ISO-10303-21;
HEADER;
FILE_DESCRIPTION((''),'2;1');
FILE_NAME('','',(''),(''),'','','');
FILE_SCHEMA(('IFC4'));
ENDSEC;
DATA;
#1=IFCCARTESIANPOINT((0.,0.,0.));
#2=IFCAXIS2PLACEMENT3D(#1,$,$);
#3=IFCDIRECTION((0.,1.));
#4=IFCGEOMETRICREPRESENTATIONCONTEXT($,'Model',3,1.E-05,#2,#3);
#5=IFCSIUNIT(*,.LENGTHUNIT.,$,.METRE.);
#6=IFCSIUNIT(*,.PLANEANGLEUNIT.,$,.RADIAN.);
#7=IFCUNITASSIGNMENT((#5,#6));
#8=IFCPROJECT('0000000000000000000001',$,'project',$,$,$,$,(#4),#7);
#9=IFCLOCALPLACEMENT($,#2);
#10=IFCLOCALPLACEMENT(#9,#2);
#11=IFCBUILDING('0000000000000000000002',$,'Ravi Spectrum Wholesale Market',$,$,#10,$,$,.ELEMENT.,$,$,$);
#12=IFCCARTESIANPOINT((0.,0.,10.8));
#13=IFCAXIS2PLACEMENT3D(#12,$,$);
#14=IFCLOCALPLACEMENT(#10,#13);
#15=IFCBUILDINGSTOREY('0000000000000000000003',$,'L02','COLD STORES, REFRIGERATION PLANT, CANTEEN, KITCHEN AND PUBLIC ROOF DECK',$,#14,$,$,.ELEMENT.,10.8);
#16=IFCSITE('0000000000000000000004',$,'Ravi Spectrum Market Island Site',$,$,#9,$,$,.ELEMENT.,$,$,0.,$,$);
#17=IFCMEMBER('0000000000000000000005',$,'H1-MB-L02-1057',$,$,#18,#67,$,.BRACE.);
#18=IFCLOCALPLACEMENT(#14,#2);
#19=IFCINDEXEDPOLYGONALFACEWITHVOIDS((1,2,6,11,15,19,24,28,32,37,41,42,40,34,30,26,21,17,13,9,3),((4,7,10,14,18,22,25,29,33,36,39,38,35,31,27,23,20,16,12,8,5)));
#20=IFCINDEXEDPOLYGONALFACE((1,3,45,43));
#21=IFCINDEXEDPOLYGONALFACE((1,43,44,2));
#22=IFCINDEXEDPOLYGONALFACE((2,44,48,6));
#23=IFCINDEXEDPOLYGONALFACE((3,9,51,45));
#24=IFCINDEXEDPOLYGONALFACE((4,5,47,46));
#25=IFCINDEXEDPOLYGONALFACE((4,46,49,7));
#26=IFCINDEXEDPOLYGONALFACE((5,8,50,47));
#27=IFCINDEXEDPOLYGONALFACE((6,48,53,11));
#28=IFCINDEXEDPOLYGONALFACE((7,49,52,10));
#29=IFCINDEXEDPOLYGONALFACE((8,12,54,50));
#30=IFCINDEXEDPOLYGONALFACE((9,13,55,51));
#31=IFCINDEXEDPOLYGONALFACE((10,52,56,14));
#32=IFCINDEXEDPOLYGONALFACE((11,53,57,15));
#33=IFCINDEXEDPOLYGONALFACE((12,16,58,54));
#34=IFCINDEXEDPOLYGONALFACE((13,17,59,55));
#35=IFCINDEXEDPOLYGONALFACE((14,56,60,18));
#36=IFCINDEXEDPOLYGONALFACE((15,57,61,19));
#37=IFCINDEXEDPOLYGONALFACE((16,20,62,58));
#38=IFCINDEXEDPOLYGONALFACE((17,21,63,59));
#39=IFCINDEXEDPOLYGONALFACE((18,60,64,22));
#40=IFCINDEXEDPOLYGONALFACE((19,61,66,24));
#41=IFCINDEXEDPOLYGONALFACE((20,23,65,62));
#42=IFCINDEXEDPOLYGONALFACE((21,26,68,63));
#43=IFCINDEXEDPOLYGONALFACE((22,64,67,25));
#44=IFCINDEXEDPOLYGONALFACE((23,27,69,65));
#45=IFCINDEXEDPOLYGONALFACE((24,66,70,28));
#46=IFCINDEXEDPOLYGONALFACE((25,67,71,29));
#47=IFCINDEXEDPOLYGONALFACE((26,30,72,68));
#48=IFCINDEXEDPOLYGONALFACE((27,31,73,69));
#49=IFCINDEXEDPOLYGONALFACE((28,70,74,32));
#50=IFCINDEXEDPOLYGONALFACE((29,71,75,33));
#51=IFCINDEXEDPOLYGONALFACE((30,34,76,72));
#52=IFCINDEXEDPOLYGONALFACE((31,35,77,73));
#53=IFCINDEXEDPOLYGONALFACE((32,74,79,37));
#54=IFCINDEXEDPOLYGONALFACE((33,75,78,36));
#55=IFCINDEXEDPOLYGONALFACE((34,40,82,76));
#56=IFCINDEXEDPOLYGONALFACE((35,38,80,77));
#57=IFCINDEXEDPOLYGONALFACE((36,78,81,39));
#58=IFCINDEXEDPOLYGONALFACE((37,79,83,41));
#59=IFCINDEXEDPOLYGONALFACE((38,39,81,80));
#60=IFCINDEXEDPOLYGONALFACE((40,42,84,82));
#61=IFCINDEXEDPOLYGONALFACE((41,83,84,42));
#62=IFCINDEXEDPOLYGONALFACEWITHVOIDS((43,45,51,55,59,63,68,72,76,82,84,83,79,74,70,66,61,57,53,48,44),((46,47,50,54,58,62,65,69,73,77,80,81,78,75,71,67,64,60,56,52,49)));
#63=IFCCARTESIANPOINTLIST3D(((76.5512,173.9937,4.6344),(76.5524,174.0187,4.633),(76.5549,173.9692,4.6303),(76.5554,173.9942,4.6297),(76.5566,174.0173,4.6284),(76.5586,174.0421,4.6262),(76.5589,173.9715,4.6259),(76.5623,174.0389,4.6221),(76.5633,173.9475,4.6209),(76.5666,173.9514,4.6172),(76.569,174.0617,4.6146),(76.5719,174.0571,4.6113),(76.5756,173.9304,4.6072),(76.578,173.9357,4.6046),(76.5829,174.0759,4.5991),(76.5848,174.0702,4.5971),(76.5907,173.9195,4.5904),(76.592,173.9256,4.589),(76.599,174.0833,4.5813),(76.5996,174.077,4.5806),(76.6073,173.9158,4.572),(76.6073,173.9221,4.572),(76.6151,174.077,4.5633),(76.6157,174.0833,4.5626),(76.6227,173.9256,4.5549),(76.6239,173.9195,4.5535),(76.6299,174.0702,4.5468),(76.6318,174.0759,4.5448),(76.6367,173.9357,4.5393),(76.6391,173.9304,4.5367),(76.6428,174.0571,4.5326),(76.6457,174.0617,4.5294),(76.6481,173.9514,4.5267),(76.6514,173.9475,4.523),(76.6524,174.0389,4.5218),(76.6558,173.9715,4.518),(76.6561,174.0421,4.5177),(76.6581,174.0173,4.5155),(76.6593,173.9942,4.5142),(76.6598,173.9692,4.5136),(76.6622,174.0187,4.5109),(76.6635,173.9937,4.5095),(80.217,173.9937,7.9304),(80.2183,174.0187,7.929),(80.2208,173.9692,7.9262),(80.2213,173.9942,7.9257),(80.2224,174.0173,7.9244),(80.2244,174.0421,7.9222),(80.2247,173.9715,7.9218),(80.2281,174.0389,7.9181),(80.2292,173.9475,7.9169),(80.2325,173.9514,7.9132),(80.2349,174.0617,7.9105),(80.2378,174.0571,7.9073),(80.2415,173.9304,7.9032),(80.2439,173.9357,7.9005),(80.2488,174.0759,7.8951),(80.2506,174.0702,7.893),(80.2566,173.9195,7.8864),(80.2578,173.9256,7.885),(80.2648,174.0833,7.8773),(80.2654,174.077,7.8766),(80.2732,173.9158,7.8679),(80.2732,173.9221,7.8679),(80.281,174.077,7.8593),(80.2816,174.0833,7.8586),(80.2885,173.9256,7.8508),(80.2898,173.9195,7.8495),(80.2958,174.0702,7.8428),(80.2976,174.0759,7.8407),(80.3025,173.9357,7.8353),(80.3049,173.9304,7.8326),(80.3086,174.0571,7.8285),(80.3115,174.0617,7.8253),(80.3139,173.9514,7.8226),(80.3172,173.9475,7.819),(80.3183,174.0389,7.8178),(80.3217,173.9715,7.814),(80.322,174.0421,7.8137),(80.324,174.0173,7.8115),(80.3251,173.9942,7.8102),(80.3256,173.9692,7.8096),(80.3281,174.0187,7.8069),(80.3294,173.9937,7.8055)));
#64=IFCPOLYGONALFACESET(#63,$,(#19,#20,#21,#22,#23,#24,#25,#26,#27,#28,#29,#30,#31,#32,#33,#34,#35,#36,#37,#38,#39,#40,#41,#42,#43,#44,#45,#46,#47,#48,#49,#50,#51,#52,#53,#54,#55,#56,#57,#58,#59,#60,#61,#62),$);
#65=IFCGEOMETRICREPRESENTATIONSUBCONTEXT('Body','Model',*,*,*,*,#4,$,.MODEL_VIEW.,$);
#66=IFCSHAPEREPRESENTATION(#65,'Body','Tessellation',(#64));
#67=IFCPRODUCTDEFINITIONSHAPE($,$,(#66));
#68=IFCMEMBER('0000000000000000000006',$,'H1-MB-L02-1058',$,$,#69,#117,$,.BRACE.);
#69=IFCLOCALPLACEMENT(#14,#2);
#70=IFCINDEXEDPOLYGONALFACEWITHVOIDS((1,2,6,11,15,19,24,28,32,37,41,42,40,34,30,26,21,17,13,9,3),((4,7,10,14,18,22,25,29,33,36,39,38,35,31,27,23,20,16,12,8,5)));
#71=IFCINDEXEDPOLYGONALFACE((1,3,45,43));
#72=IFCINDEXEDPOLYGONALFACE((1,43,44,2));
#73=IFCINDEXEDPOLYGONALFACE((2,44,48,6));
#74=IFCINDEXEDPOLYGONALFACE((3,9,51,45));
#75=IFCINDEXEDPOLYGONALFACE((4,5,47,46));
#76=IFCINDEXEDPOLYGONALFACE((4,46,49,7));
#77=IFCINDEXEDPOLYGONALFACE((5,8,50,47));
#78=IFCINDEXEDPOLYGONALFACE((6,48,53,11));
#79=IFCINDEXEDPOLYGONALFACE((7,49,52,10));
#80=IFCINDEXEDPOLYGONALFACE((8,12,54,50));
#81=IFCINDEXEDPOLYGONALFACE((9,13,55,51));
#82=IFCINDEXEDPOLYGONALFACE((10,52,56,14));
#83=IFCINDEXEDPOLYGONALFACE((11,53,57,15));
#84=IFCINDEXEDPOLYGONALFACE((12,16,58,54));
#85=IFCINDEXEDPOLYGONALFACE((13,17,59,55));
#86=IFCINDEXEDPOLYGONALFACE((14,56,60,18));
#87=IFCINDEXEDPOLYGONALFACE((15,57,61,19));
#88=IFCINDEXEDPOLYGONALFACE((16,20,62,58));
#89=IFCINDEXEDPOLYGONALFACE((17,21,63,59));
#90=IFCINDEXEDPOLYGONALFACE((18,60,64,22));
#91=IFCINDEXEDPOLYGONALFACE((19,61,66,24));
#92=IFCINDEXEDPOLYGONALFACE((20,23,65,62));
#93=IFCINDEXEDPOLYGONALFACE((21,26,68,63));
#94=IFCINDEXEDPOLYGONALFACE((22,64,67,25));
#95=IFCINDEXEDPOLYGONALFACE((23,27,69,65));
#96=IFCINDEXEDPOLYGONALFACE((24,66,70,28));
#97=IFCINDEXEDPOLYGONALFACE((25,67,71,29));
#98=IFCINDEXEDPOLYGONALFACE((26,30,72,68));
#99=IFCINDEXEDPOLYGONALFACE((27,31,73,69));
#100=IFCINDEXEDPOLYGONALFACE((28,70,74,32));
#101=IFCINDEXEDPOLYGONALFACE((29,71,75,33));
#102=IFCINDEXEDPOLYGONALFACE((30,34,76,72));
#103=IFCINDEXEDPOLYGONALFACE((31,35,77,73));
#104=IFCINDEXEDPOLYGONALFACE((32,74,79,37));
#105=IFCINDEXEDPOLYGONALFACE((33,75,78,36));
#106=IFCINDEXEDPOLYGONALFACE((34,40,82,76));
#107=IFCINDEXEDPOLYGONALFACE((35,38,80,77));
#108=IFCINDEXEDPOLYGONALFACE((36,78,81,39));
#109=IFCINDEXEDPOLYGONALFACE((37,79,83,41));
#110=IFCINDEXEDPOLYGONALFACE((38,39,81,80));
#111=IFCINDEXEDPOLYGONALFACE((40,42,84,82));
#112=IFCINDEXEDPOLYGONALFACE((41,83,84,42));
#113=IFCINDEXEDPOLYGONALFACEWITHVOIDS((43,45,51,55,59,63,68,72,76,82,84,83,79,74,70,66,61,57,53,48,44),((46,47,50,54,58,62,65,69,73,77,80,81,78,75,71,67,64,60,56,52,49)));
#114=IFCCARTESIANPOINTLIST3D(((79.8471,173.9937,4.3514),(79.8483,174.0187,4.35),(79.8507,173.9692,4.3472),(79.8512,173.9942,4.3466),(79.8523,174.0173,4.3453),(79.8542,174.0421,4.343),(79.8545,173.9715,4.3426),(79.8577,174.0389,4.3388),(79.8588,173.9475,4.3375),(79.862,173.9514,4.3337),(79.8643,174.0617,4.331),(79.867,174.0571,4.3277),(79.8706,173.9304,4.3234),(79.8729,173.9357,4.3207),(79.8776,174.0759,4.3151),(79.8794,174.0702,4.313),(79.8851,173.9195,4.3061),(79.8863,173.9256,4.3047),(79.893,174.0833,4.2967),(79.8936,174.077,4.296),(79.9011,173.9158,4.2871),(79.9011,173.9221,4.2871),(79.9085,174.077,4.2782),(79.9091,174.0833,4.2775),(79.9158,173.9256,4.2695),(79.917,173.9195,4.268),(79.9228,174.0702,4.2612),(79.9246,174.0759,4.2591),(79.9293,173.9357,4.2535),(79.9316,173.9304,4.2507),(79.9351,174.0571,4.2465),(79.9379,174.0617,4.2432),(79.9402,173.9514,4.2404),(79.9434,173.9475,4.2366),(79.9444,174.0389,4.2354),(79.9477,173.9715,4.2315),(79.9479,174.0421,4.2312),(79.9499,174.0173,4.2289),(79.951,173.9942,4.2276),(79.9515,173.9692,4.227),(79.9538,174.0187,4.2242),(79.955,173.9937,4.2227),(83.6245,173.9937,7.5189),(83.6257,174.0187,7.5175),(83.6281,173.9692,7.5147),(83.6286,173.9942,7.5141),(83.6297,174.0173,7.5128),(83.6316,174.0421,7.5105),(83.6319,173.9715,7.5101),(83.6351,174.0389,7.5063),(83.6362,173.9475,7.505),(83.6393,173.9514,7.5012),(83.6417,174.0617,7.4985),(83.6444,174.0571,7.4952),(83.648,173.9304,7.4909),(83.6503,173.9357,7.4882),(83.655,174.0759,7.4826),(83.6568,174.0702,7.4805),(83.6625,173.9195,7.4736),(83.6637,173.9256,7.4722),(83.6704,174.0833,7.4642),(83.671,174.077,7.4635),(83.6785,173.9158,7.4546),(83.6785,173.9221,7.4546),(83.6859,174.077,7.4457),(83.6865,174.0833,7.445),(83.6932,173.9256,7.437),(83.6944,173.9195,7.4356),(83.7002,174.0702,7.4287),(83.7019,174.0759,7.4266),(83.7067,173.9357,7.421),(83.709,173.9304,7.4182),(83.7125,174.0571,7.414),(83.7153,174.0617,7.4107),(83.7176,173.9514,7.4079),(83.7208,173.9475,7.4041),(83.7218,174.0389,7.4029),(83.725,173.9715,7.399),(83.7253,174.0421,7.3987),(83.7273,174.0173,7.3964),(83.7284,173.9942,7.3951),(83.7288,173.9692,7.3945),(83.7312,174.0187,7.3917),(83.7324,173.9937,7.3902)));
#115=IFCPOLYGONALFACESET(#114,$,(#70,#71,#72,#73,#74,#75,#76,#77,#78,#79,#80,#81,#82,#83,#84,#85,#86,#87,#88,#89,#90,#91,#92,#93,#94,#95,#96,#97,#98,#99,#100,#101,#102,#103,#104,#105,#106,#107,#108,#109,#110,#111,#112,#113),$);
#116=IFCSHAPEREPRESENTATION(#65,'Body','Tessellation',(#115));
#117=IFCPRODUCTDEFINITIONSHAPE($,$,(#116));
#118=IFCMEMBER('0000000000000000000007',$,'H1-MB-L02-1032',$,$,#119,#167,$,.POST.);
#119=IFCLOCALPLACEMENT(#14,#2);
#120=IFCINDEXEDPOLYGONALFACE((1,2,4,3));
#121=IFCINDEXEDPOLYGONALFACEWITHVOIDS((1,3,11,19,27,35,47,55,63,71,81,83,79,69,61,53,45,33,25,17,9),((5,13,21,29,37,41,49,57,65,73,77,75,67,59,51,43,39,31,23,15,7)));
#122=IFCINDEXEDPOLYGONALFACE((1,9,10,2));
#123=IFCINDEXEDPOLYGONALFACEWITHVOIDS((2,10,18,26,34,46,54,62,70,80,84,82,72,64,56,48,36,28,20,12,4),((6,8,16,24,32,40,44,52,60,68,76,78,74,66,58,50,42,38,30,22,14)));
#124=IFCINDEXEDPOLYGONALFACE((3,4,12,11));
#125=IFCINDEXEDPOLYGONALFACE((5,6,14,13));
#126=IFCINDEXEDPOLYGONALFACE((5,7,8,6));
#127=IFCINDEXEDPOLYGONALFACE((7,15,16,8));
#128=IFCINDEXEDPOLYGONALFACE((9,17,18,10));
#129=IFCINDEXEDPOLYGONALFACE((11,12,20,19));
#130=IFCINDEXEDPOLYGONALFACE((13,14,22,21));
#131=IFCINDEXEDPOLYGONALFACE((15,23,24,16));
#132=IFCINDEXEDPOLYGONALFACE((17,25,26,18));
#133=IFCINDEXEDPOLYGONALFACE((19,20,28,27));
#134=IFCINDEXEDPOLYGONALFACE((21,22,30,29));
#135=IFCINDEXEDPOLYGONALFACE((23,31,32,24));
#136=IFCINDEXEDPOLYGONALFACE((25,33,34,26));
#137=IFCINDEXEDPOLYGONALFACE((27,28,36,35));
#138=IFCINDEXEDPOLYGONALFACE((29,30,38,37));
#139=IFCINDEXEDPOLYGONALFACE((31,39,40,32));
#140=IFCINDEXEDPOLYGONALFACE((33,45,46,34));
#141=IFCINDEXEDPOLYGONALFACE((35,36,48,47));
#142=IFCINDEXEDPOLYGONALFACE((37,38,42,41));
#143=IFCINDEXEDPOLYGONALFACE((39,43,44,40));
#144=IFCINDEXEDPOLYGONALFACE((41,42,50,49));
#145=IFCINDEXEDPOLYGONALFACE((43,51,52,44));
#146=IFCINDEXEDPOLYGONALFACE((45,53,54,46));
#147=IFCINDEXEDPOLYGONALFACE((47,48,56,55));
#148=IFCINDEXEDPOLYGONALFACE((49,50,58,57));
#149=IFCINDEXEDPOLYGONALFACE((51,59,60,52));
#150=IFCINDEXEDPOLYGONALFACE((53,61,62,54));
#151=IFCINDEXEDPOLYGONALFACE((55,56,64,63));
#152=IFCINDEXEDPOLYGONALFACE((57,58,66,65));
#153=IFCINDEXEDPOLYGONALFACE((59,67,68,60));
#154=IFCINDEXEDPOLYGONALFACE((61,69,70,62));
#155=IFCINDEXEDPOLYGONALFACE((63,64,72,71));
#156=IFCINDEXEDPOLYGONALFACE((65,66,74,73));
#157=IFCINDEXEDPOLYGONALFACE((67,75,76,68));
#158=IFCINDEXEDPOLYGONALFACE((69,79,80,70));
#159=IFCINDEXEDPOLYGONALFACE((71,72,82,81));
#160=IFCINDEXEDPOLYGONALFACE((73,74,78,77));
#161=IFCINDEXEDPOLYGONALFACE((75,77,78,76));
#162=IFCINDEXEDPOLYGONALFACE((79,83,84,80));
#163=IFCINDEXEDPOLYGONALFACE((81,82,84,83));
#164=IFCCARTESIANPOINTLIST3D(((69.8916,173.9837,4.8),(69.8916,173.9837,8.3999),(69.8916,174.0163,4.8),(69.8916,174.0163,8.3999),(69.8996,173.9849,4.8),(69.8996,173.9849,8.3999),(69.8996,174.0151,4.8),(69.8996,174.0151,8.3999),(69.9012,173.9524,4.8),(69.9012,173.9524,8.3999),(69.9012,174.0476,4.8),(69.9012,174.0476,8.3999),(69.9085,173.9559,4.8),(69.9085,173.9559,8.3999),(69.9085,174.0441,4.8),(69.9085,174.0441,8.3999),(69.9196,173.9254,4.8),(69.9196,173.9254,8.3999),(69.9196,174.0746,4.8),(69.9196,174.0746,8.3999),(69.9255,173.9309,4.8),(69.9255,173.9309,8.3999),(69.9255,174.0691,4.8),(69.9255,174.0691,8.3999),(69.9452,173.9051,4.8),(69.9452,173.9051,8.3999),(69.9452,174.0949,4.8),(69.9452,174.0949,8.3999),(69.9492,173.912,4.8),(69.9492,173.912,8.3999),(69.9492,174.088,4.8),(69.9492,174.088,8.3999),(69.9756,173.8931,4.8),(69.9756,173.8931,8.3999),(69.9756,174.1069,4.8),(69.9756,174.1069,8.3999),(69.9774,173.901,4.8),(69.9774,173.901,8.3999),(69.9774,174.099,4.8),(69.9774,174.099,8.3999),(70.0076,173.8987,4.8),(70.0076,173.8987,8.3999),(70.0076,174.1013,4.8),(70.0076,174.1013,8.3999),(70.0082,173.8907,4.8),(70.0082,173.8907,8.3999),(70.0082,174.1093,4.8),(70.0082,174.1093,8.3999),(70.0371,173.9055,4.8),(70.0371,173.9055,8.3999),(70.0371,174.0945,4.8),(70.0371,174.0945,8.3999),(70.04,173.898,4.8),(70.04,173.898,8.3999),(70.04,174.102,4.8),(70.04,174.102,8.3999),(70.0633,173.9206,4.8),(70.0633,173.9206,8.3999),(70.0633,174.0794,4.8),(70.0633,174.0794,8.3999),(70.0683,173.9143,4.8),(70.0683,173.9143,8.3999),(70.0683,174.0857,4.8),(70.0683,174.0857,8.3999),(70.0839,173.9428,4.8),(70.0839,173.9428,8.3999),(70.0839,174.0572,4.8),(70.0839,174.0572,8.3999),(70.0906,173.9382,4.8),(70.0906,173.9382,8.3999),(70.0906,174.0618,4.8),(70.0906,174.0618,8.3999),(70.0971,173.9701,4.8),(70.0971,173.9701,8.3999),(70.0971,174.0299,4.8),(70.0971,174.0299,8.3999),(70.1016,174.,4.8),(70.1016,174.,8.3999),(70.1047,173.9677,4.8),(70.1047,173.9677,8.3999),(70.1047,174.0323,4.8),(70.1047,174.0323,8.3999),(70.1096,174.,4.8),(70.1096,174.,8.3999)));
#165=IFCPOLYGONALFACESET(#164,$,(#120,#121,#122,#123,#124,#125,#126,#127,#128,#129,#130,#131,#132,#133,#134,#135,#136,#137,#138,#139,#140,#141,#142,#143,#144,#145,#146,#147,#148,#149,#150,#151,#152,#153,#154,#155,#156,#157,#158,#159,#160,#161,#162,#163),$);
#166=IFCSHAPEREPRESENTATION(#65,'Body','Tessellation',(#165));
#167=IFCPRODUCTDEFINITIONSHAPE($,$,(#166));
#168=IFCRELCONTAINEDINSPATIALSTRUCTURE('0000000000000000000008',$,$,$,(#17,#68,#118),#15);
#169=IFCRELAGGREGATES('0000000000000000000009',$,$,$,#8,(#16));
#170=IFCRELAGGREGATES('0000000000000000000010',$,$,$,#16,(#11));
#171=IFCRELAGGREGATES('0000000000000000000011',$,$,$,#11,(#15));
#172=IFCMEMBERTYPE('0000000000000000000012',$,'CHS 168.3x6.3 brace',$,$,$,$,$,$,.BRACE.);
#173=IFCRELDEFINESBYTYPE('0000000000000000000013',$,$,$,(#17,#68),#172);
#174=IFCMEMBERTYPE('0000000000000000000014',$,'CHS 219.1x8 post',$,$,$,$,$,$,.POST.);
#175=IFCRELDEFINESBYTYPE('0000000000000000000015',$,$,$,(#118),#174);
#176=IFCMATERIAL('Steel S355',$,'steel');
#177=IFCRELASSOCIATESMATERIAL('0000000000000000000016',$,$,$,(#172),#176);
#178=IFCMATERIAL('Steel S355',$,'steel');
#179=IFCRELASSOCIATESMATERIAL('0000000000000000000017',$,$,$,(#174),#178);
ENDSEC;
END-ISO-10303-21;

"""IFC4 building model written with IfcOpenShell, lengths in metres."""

from ifc_helpers import new_model, si_unit, direction, frame, origin, origin_2d, place, context, subcontext, project, spatial, hollow_circle, extrude, material, material_profile, profile_set, type_object, element, save


model = new_model("IFC4")

# Units and contexts
model_context = context("Model", 3, precision=1e-05, world=origin(), true_north=direction((0.0, 1.0)))
body_context = subcontext(model_context, "Body", "Model", "MODEL_VIEW")
ifc_project = project(units=[si_unit("LENGTHUNIT", "METRE"), si_unit("PLANEANGLEUNIT", "RADIAN")], contexts=[model_context])

# Site, building, storey
site_placement = place(None, origin())
site = spatial("IfcSite", under=ifc_project, at=site_placement, Name="Ravi Spectrum Market Island Site", CompositionType="ELEMENT", RefElevation=0.0)
building_placement = place(site_placement, origin())
building = spatial("IfcBuilding", under=site, at=building_placement, Name="Ravi Spectrum Wholesale Market", CompositionType="ELEMENT")
storey_placement = place(building_placement, frame((0.0, 0.0, 10.8)))
storey = spatial("IfcBuildingStorey", under=building, at=storey_placement, Name="L02", Description="COLD STORES, REFRIGERATION PLANT, CANTEEN, KITCHEN AND PUBLIC ROOF DECK", CompositionType="ELEMENT", Elevation=10.8)

# Members
ifc_material_1 = material(Name="Steel S355", Category="steel")
ifc_material_profile_1 = material_profile(ifc_material_1, hollow_circle(Radius=0.0842, WallThickness=0.0063, at=origin_2d()))
ifc_profile_set_1 = profile_set([ifc_material_profile_1], Name="Steel S355")
member_type_1 = type_object("IfcMemberType", Name="CHS 168.3x6.3 brace", PredefinedType="BRACE", material=ifc_profile_set_1)
for number, where, z_axis, x_axis, name in (
    (1, (80.2732, 174.0, 7.8679), (-0.743627, 0.0, -0.668595), (0.0, -1.0, 0.0), "H1-MB-L02-1057"),
    (2, (83.6785, 174.0, 7.4546), (-0.766253, 0.0, -0.642539), (0.0, -1.0, 0.0), "H1-MB-L02-1058"),
):
    element("IfcMember", number, at=place(storey_placement, frame(where, z_axis=z_axis, x_axis=x_axis)), inside=storey, type_object=member_type_1, Name=name, PredefinedType="BRACE", context=body_context, shape_type="SweptSolid", body=[
        extrude(hollow_circle(Radius=0.0842, WallThickness=0.0063, at=origin_2d()), origin(), (0.0, 0.0, 1.0), 4.9297),
    ])
ifc_material_2 = material(Name="Steel S355", Category="steel")
ifc_material_profile_2 = material_profile(ifc_material_2, hollow_circle(Radius=0.1096, WallThickness=0.0081, at=origin_2d()))
ifc_profile_set_2 = profile_set([ifc_material_profile_2], Name="Steel S355")
member_type_2 = type_object("IfcMemberType", Name="CHS 219.1x8 post", PredefinedType="POST", material=ifc_profile_set_2)
member_1_placement = place(storey_placement, frame((70.0, 174.0, 8.3999), z_axis=(0.0, 0.0, -1.0), x_axis=(1.0, 0.0, 0.0)))
element("IfcMember", 3, at=member_1_placement, inside=storey, type_object=member_type_2, Name="H1-MB-L02-1032", PredefinedType="POST", context=body_context, shape_type="SweptSolid", body=[
    extrude(hollow_circle(Radius=0.1096, WallThickness=0.0081, at=origin_2d()), origin(), (0.0, 0.0, 1.0), 3.5999),
])

save(model, "model.ifc")
